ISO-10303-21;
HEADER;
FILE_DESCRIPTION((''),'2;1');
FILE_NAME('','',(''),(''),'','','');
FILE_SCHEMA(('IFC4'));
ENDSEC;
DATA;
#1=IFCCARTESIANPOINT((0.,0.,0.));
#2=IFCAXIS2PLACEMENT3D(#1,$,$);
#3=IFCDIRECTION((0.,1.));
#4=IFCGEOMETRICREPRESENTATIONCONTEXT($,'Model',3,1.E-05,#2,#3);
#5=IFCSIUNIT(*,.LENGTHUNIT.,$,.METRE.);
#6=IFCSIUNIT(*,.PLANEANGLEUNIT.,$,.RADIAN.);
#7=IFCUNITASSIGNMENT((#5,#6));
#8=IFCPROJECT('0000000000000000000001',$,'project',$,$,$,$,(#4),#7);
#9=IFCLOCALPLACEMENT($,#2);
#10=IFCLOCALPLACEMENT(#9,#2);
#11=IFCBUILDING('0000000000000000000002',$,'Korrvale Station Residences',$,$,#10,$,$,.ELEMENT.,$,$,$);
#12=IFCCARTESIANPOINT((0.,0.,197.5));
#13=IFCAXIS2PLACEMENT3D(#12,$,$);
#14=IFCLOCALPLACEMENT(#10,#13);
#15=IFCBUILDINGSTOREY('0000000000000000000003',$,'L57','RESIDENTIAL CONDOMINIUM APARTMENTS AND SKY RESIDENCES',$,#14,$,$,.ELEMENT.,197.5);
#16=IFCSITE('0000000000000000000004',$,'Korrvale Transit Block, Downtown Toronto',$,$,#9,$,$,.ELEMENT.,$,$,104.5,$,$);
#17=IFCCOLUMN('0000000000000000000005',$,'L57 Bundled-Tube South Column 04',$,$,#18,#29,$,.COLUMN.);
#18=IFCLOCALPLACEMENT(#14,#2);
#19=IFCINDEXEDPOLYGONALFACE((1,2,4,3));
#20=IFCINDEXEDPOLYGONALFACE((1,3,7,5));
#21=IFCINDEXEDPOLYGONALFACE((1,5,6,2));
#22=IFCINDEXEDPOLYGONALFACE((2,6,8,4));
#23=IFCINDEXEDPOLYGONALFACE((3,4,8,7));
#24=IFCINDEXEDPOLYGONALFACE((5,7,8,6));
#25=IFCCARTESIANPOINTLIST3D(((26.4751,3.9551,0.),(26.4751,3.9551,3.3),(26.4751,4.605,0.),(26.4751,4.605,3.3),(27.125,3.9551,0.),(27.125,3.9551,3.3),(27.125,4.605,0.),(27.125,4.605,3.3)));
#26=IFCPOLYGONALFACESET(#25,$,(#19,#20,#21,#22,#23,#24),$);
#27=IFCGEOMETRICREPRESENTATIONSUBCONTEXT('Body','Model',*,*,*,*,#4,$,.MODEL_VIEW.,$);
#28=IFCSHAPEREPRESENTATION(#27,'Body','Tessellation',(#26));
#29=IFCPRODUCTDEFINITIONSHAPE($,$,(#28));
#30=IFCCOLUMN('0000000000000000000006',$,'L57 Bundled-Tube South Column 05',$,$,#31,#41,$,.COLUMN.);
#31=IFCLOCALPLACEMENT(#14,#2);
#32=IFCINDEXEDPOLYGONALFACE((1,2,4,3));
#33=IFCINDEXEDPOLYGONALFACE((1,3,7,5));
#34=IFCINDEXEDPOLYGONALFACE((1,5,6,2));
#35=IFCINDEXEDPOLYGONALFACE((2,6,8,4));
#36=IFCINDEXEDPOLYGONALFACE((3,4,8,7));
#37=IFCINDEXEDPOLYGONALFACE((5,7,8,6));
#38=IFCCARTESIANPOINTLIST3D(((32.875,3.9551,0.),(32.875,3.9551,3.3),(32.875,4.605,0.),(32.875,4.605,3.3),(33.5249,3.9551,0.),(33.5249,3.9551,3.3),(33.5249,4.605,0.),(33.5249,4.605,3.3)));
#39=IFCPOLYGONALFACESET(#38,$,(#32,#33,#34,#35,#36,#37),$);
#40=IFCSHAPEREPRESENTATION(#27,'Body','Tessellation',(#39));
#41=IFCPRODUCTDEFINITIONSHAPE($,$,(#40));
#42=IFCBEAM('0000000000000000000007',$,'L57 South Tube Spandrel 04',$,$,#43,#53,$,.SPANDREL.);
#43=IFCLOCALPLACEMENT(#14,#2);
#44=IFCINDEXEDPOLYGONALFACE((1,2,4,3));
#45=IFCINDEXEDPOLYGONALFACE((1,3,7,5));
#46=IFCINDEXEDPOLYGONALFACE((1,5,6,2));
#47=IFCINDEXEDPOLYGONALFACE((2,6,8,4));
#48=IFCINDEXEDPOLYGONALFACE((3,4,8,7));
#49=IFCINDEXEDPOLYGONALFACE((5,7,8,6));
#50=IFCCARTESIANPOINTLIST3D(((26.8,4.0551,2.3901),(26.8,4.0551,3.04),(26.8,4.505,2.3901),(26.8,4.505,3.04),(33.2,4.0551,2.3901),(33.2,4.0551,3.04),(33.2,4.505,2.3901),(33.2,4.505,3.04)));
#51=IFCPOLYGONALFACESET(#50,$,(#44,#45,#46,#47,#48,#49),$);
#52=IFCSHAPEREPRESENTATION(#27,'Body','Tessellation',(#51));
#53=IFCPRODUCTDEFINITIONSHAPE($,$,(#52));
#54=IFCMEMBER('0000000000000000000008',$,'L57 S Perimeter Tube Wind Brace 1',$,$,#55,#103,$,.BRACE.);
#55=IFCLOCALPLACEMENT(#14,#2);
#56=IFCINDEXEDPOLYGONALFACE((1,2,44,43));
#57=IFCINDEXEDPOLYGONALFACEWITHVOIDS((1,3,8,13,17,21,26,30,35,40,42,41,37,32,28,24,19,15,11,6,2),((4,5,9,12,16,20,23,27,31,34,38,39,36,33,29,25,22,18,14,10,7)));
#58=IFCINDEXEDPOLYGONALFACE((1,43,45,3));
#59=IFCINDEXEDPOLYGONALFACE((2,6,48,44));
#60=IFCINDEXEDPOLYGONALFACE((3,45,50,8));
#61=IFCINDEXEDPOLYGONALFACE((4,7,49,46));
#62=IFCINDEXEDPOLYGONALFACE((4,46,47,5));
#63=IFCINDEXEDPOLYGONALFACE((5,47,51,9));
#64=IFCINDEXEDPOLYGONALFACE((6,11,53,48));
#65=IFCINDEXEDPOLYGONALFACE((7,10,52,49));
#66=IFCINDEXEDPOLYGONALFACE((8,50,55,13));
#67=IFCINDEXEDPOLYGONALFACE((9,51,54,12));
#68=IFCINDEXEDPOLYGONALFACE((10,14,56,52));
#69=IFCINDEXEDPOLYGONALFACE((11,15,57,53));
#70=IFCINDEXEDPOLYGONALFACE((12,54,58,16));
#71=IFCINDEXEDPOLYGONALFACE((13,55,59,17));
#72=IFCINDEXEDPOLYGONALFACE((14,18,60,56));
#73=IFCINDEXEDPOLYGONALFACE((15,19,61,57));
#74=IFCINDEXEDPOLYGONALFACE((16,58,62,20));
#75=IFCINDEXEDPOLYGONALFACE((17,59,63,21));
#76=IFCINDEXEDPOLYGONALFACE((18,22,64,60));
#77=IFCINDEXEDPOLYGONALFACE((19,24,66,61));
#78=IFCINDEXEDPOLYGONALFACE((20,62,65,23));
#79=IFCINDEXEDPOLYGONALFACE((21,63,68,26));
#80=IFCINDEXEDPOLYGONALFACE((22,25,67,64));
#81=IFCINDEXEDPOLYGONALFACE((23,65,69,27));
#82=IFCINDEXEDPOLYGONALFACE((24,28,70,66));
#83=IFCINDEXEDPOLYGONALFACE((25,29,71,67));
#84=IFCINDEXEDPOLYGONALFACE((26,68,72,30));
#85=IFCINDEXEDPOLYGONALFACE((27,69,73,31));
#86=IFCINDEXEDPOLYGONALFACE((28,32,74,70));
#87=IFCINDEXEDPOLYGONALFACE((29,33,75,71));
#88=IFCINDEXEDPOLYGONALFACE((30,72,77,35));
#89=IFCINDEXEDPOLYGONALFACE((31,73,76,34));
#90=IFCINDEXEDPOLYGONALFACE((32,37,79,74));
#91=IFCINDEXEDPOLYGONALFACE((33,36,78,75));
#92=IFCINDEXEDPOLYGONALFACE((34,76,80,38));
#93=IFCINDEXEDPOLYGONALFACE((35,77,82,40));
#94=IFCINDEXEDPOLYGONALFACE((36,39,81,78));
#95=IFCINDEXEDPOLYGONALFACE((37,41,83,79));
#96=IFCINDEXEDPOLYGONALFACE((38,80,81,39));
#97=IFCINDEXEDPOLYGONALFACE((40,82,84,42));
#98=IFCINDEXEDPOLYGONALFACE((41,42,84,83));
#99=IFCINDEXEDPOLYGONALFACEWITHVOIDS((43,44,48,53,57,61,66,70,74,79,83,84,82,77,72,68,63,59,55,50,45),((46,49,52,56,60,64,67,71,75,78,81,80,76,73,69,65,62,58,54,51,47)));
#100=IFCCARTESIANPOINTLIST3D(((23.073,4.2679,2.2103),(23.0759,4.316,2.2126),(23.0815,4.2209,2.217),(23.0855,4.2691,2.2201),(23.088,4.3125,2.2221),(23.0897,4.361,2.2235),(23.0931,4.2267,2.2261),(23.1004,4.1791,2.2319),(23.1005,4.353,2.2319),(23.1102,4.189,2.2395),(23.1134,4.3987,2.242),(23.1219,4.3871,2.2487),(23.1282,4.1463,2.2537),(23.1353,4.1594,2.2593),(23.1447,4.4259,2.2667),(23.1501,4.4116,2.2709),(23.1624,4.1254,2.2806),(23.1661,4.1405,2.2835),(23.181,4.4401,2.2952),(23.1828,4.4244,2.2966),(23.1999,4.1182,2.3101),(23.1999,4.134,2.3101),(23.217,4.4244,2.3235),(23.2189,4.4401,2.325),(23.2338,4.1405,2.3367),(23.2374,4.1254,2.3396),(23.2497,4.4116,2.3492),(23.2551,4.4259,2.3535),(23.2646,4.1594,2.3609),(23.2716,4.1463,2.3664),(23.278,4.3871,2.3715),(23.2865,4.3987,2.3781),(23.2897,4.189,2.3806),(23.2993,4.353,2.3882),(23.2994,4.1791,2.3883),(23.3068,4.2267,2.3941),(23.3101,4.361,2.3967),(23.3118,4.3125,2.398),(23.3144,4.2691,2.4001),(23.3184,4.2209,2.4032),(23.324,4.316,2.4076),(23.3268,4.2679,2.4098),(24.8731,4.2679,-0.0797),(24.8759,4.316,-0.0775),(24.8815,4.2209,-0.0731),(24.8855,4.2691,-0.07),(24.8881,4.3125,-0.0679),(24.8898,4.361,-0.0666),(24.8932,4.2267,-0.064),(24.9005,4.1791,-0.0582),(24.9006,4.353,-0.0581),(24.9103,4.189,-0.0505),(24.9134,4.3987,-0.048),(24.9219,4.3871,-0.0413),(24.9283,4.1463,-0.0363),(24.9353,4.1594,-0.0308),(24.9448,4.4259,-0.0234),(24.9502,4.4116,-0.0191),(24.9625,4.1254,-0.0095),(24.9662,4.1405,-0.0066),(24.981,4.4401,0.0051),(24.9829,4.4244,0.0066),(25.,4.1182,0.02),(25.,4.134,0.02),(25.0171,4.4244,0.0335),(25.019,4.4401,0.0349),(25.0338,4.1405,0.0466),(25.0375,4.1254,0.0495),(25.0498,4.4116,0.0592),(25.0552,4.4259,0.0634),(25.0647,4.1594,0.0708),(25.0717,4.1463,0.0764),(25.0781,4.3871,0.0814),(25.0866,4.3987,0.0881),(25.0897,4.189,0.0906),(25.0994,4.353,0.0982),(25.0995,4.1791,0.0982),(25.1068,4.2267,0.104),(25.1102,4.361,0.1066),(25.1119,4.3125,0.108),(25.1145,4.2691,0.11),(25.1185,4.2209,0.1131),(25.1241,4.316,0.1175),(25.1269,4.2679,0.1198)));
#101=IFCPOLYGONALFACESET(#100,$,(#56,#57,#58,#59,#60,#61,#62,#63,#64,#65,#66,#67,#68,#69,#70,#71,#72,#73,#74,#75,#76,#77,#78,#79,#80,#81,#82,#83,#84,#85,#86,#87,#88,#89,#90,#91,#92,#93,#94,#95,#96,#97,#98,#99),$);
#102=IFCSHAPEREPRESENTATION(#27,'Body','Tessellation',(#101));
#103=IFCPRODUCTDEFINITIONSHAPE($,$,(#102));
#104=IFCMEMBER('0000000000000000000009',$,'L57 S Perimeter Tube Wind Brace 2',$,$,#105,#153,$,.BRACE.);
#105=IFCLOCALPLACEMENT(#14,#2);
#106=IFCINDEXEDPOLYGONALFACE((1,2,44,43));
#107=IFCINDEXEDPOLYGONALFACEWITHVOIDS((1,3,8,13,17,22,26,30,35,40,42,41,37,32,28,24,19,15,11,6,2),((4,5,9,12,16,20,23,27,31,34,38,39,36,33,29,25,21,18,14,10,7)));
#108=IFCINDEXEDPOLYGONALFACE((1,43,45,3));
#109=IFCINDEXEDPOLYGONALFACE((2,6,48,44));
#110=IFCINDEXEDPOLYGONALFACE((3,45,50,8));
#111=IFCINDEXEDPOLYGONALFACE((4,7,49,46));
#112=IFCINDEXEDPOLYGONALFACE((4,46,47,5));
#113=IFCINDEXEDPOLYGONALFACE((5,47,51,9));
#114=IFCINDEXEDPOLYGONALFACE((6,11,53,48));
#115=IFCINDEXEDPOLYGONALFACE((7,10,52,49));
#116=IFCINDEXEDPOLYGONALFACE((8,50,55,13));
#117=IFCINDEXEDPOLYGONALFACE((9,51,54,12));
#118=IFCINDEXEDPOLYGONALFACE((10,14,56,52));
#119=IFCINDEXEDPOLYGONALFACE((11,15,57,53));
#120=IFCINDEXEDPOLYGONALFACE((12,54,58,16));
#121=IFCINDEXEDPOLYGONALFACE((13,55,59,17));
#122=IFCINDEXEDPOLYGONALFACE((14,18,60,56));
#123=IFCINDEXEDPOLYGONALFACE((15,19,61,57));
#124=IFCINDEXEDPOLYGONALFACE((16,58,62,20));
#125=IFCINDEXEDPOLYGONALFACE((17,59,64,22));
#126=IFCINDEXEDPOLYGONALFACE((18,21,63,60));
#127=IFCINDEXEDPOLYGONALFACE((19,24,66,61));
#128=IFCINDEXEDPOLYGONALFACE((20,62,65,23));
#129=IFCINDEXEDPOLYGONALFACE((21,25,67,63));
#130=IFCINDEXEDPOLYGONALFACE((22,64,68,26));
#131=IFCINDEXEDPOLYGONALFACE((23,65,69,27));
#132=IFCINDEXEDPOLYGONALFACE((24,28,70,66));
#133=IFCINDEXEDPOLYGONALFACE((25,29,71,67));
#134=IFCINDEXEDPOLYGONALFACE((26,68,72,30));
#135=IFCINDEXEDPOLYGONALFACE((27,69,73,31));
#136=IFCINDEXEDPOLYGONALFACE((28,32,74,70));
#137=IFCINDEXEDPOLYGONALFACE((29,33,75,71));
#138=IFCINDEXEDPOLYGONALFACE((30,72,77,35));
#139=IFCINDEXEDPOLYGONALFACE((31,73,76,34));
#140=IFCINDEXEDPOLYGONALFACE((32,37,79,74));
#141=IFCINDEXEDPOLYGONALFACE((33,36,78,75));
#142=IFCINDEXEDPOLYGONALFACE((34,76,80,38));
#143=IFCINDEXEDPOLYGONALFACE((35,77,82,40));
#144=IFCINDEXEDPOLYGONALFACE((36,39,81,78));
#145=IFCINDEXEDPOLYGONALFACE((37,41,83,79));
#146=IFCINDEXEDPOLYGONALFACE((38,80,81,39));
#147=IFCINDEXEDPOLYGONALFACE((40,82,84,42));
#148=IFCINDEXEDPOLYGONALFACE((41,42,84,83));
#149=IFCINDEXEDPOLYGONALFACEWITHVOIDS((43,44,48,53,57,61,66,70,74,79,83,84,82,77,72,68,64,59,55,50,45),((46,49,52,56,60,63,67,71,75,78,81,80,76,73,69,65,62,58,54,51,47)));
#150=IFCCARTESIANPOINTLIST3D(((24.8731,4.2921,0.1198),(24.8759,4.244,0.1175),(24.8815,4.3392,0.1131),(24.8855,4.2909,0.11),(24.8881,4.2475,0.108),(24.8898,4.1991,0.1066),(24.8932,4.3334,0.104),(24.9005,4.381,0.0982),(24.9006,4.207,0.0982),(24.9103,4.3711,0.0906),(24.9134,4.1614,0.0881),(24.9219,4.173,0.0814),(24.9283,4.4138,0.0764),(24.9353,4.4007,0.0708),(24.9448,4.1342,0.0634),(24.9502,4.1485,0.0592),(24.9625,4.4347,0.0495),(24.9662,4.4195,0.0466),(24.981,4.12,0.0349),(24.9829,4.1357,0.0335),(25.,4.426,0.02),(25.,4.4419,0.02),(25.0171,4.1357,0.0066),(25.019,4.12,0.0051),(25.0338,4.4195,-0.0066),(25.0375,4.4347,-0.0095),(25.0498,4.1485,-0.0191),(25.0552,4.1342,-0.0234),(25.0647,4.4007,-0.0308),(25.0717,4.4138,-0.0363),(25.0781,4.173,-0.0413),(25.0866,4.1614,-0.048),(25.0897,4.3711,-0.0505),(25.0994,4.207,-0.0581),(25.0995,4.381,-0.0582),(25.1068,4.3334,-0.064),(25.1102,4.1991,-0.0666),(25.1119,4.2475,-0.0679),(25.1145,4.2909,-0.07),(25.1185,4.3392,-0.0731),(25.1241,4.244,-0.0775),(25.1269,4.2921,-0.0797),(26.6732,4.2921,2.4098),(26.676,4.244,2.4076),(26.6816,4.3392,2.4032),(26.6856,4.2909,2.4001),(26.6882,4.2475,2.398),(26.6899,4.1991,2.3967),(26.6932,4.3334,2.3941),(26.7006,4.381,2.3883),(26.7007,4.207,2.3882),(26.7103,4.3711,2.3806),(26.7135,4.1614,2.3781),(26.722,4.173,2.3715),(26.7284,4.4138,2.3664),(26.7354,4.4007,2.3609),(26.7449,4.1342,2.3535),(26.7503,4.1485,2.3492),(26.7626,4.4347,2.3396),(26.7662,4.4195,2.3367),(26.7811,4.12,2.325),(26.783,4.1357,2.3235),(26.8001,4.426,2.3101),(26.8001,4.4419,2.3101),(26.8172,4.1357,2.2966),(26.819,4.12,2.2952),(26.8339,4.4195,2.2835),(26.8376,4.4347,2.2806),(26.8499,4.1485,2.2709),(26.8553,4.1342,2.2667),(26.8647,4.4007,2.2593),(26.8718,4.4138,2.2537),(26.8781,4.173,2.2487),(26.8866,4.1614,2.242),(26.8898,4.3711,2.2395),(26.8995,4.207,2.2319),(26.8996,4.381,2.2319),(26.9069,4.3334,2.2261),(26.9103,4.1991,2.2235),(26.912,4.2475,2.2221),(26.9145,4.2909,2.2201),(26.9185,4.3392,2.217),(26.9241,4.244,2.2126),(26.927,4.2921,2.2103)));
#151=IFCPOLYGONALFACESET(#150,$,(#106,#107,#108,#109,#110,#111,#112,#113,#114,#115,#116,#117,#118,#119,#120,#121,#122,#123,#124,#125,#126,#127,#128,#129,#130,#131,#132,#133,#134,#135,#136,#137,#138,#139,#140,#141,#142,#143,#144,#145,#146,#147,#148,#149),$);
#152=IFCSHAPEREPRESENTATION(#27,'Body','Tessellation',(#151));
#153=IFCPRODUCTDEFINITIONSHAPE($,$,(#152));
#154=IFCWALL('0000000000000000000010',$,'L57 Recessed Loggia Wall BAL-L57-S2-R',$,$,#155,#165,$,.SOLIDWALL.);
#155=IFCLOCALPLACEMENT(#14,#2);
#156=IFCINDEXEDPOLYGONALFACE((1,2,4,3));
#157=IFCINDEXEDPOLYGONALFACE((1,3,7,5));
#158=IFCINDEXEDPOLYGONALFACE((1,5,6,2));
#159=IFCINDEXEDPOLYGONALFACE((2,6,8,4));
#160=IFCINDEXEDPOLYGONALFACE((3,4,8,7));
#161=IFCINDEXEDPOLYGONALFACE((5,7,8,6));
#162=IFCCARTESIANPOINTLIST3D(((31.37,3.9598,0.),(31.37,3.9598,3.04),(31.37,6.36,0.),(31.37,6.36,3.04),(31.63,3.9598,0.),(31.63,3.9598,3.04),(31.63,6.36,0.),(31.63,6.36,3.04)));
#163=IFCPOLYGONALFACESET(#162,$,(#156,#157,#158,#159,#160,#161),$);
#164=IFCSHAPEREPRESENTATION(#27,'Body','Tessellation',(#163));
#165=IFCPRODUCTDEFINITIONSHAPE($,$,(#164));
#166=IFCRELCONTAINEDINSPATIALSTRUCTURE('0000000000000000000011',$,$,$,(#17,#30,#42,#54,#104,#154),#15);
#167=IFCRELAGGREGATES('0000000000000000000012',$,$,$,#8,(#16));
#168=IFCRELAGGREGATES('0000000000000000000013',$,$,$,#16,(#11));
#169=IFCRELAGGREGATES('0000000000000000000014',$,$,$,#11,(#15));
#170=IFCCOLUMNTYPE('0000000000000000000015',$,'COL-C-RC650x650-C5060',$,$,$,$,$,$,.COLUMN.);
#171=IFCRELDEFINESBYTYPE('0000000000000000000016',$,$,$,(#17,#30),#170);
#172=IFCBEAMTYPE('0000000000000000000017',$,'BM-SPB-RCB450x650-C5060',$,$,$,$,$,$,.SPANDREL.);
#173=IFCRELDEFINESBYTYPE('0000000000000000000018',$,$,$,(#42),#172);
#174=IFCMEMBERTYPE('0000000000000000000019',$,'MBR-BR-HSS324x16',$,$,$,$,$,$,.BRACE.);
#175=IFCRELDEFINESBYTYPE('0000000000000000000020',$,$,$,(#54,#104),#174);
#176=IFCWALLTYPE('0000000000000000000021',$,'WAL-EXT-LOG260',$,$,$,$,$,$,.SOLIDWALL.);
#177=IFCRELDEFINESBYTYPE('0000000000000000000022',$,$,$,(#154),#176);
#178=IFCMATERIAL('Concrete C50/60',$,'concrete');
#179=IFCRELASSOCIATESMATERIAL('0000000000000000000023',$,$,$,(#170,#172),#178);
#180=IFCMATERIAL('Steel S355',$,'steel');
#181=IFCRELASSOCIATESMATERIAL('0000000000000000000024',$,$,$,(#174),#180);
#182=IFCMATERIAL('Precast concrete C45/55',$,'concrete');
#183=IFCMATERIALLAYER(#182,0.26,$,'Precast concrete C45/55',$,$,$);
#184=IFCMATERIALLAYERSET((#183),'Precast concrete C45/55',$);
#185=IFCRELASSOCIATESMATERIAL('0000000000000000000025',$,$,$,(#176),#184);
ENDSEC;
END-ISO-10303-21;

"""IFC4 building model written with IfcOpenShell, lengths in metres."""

from ifc_helpers import new_model, si_unit, direction, frame, frame_2d, origin, origin_2d, place, context, subcontext, project, spatial, rectangle, hollow_circle, extrude, material, layer, layer_set, material_profile, profile_set, type_object, element, save


model = new_model("IFC4")

# Units and contexts
model_context = context("Model", 3, precision=1e-05, world=origin(), true_north=direction((0.0, 1.0)))
body_context = subcontext(model_context, "Body", "Model", "MODEL_VIEW")
ifc_project = project(units=[si_unit("LENGTHUNIT", "METRE"), si_unit("PLANEANGLEUNIT", "RADIAN")], contexts=[model_context])

# Site, building, storey
site_placement = place(None, origin())
site = spatial("IfcSite", under=ifc_project, at=site_placement, Name="Korrvale Transit Block, Downtown Toronto", CompositionType="ELEMENT", RefElevation=104.5)
building_placement = place(site_placement, origin())
building = spatial("IfcBuilding", under=site, at=building_placement, Name="Korrvale Station Residences", CompositionType="ELEMENT")
storey_placement = place(building_placement, frame((0.0, 0.0, 197.5)))
storey = spatial("IfcBuildingStorey", under=building, at=storey_placement, Name="L57", Description="RESIDENTIAL CONDOMINIUM APARTMENTS AND SKY RESIDENCES", CompositionType="ELEMENT", Elevation=197.5)

# Columns
ifc_material_1 = material(Name="Concrete C50/60", Category="concrete")
ifc_material_profile_1 = material_profile(ifc_material_1, rectangle(XDim=0.6499, YDim=0.6499, at=origin_2d()), Name="RC650x650")
ifc_profile_set_1 = profile_set([ifc_material_profile_1], Name="Concrete C50/60")
column_type = type_object("IfcColumnType", Name="COL-C-RC650x650-C5060", PredefinedType="COLUMN", material=ifc_profile_set_1)
for number, where, z_axis, x_axis, name in (
    (1, (26.8, 4.28, 0.0), (0.0, 0.0, 1.0), (1.0, 0.0, 0.0), "L57 Bundled-Tube South Column 04"),
    (2, (33.2, 4.28, 0.0), (0.0, 0.0, 1.0), (1.0, 0.0, 0.0), "L57 Bundled-Tube South Column 05"),
):
    element("IfcColumn", number, at=place(storey_placement, frame(where, z_axis=z_axis, x_axis=x_axis)), inside=storey, type_object=column_type, Name=name, PredefinedType="COLUMN", context=body_context, shape_type="SweptSolid", body=[
        extrude(rectangle(XDim=0.6499, YDim=0.6499, at=origin_2d()), origin(), (0.0, 0.0, 1.0), 3.3),
    ])

# Beam
ifc_material_profile_2 = material_profile(ifc_material_1, rectangle(XDim=0.45, YDim=0.6499, at=origin_2d()), Name="RCB450x650")
ifc_profile_set_2 = profile_set([ifc_material_profile_2], Name="Concrete C50/60")
beam_type = type_object("IfcBeamType", Name="BM-SPB-RCB450x650-C5060", PredefinedType="SPANDREL", material=ifc_profile_set_2)
beam_placement = place(storey_placement, frame((26.8, 4.28, 2.7151), z_axis=(1.0, 0.0, 0.0), x_axis=(0.0, 1.0, 0.0)))
element("IfcBeam", 3, at=beam_placement, inside=storey, type_object=beam_type, Name="L57 South Tube Spandrel 04", PredefinedType="SPANDREL", context=body_context, shape_type="SweptSolid", body=[
    extrude(rectangle(XDim=0.45, YDim=0.6499, at=origin_2d()), origin(), (0.0, 0.0, 1.0), 6.3999),
])

# Members
ifc_material_2 = material(Name="Steel S355", Category="steel")
ifc_material_profile_3 = material_profile(ifc_material_2, hollow_circle(Radius=0.1619, WallThickness=0.0159, at=origin_2d()), Name="HSS324x16")
ifc_profile_set_3 = profile_set([ifc_material_profile_3], Name="Steel S355")
member_type = type_object("IfcMemberType", Name="MBR-BR-HSS324x16", PredefinedType="BRACE", material=ifc_profile_set_3)
for number, where, z_axis, x_axis, name in (
    (4, (25.0, 4.28, 0.02), (-0.617977, 0.0, 0.786196), (0.0, -1.0, 0.0), "L57 S Perimeter Tube Wind Brace 1"),
    (5, (25.0, 4.28, 0.02), (0.617977, 0.0, 0.786196), (0.0, 1.0, 0.0), "L57 S Perimeter Tube Wind Brace 2"),
):
    element("IfcMember", number, at=place(storey_placement, frame(where, z_axis=z_axis, x_axis=x_axis)), inside=storey, type_object=member_type, Name=name, PredefinedType="BRACE", context=body_context, shape_type="SweptSolid", body=[
        extrude(hollow_circle(Radius=0.1619, WallThickness=0.0159, at=origin_2d()), origin(), (0.0, 0.0, 1.0), 2.9128),
    ])

# Wall
ifc_material_3 = material(Name="Precast concrete C45/55", Category="concrete")
ifc_layer_1 = layer(ifc_material_3, 0.26, Name="Precast concrete C45/55")
ifc_layer_set_1 = layer_set([ifc_layer_1], Name="Precast concrete C45/55")
wall_type_1 = type_object("IfcWallType", Name="WAL-EXT-LOG260", PredefinedType="SOLIDWALL", material=ifc_layer_set_1)
wall_1_placement = place(storey_placement, frame((31.5, 6.3601, 0.0), z_axis=(0.0, 0.0, 1.0), x_axis=(0.0, -1.0, 0.0)))
element("IfcWall", 6, at=wall_1_placement, inside=storey, type_object=wall_type_1, Name="L57 Recessed Loggia Wall BAL-L57-S2-R", PredefinedType="SOLIDWALL", context=body_context, shape_type="SweptSolid", body=[
    extrude(rectangle(XDim=2.4001, YDim=0.26, at=frame_2d((1.2002, 0.0))), origin(), (0.0, 0.0, 1.0), 3.04),
])

save(model, "model.ifc")
